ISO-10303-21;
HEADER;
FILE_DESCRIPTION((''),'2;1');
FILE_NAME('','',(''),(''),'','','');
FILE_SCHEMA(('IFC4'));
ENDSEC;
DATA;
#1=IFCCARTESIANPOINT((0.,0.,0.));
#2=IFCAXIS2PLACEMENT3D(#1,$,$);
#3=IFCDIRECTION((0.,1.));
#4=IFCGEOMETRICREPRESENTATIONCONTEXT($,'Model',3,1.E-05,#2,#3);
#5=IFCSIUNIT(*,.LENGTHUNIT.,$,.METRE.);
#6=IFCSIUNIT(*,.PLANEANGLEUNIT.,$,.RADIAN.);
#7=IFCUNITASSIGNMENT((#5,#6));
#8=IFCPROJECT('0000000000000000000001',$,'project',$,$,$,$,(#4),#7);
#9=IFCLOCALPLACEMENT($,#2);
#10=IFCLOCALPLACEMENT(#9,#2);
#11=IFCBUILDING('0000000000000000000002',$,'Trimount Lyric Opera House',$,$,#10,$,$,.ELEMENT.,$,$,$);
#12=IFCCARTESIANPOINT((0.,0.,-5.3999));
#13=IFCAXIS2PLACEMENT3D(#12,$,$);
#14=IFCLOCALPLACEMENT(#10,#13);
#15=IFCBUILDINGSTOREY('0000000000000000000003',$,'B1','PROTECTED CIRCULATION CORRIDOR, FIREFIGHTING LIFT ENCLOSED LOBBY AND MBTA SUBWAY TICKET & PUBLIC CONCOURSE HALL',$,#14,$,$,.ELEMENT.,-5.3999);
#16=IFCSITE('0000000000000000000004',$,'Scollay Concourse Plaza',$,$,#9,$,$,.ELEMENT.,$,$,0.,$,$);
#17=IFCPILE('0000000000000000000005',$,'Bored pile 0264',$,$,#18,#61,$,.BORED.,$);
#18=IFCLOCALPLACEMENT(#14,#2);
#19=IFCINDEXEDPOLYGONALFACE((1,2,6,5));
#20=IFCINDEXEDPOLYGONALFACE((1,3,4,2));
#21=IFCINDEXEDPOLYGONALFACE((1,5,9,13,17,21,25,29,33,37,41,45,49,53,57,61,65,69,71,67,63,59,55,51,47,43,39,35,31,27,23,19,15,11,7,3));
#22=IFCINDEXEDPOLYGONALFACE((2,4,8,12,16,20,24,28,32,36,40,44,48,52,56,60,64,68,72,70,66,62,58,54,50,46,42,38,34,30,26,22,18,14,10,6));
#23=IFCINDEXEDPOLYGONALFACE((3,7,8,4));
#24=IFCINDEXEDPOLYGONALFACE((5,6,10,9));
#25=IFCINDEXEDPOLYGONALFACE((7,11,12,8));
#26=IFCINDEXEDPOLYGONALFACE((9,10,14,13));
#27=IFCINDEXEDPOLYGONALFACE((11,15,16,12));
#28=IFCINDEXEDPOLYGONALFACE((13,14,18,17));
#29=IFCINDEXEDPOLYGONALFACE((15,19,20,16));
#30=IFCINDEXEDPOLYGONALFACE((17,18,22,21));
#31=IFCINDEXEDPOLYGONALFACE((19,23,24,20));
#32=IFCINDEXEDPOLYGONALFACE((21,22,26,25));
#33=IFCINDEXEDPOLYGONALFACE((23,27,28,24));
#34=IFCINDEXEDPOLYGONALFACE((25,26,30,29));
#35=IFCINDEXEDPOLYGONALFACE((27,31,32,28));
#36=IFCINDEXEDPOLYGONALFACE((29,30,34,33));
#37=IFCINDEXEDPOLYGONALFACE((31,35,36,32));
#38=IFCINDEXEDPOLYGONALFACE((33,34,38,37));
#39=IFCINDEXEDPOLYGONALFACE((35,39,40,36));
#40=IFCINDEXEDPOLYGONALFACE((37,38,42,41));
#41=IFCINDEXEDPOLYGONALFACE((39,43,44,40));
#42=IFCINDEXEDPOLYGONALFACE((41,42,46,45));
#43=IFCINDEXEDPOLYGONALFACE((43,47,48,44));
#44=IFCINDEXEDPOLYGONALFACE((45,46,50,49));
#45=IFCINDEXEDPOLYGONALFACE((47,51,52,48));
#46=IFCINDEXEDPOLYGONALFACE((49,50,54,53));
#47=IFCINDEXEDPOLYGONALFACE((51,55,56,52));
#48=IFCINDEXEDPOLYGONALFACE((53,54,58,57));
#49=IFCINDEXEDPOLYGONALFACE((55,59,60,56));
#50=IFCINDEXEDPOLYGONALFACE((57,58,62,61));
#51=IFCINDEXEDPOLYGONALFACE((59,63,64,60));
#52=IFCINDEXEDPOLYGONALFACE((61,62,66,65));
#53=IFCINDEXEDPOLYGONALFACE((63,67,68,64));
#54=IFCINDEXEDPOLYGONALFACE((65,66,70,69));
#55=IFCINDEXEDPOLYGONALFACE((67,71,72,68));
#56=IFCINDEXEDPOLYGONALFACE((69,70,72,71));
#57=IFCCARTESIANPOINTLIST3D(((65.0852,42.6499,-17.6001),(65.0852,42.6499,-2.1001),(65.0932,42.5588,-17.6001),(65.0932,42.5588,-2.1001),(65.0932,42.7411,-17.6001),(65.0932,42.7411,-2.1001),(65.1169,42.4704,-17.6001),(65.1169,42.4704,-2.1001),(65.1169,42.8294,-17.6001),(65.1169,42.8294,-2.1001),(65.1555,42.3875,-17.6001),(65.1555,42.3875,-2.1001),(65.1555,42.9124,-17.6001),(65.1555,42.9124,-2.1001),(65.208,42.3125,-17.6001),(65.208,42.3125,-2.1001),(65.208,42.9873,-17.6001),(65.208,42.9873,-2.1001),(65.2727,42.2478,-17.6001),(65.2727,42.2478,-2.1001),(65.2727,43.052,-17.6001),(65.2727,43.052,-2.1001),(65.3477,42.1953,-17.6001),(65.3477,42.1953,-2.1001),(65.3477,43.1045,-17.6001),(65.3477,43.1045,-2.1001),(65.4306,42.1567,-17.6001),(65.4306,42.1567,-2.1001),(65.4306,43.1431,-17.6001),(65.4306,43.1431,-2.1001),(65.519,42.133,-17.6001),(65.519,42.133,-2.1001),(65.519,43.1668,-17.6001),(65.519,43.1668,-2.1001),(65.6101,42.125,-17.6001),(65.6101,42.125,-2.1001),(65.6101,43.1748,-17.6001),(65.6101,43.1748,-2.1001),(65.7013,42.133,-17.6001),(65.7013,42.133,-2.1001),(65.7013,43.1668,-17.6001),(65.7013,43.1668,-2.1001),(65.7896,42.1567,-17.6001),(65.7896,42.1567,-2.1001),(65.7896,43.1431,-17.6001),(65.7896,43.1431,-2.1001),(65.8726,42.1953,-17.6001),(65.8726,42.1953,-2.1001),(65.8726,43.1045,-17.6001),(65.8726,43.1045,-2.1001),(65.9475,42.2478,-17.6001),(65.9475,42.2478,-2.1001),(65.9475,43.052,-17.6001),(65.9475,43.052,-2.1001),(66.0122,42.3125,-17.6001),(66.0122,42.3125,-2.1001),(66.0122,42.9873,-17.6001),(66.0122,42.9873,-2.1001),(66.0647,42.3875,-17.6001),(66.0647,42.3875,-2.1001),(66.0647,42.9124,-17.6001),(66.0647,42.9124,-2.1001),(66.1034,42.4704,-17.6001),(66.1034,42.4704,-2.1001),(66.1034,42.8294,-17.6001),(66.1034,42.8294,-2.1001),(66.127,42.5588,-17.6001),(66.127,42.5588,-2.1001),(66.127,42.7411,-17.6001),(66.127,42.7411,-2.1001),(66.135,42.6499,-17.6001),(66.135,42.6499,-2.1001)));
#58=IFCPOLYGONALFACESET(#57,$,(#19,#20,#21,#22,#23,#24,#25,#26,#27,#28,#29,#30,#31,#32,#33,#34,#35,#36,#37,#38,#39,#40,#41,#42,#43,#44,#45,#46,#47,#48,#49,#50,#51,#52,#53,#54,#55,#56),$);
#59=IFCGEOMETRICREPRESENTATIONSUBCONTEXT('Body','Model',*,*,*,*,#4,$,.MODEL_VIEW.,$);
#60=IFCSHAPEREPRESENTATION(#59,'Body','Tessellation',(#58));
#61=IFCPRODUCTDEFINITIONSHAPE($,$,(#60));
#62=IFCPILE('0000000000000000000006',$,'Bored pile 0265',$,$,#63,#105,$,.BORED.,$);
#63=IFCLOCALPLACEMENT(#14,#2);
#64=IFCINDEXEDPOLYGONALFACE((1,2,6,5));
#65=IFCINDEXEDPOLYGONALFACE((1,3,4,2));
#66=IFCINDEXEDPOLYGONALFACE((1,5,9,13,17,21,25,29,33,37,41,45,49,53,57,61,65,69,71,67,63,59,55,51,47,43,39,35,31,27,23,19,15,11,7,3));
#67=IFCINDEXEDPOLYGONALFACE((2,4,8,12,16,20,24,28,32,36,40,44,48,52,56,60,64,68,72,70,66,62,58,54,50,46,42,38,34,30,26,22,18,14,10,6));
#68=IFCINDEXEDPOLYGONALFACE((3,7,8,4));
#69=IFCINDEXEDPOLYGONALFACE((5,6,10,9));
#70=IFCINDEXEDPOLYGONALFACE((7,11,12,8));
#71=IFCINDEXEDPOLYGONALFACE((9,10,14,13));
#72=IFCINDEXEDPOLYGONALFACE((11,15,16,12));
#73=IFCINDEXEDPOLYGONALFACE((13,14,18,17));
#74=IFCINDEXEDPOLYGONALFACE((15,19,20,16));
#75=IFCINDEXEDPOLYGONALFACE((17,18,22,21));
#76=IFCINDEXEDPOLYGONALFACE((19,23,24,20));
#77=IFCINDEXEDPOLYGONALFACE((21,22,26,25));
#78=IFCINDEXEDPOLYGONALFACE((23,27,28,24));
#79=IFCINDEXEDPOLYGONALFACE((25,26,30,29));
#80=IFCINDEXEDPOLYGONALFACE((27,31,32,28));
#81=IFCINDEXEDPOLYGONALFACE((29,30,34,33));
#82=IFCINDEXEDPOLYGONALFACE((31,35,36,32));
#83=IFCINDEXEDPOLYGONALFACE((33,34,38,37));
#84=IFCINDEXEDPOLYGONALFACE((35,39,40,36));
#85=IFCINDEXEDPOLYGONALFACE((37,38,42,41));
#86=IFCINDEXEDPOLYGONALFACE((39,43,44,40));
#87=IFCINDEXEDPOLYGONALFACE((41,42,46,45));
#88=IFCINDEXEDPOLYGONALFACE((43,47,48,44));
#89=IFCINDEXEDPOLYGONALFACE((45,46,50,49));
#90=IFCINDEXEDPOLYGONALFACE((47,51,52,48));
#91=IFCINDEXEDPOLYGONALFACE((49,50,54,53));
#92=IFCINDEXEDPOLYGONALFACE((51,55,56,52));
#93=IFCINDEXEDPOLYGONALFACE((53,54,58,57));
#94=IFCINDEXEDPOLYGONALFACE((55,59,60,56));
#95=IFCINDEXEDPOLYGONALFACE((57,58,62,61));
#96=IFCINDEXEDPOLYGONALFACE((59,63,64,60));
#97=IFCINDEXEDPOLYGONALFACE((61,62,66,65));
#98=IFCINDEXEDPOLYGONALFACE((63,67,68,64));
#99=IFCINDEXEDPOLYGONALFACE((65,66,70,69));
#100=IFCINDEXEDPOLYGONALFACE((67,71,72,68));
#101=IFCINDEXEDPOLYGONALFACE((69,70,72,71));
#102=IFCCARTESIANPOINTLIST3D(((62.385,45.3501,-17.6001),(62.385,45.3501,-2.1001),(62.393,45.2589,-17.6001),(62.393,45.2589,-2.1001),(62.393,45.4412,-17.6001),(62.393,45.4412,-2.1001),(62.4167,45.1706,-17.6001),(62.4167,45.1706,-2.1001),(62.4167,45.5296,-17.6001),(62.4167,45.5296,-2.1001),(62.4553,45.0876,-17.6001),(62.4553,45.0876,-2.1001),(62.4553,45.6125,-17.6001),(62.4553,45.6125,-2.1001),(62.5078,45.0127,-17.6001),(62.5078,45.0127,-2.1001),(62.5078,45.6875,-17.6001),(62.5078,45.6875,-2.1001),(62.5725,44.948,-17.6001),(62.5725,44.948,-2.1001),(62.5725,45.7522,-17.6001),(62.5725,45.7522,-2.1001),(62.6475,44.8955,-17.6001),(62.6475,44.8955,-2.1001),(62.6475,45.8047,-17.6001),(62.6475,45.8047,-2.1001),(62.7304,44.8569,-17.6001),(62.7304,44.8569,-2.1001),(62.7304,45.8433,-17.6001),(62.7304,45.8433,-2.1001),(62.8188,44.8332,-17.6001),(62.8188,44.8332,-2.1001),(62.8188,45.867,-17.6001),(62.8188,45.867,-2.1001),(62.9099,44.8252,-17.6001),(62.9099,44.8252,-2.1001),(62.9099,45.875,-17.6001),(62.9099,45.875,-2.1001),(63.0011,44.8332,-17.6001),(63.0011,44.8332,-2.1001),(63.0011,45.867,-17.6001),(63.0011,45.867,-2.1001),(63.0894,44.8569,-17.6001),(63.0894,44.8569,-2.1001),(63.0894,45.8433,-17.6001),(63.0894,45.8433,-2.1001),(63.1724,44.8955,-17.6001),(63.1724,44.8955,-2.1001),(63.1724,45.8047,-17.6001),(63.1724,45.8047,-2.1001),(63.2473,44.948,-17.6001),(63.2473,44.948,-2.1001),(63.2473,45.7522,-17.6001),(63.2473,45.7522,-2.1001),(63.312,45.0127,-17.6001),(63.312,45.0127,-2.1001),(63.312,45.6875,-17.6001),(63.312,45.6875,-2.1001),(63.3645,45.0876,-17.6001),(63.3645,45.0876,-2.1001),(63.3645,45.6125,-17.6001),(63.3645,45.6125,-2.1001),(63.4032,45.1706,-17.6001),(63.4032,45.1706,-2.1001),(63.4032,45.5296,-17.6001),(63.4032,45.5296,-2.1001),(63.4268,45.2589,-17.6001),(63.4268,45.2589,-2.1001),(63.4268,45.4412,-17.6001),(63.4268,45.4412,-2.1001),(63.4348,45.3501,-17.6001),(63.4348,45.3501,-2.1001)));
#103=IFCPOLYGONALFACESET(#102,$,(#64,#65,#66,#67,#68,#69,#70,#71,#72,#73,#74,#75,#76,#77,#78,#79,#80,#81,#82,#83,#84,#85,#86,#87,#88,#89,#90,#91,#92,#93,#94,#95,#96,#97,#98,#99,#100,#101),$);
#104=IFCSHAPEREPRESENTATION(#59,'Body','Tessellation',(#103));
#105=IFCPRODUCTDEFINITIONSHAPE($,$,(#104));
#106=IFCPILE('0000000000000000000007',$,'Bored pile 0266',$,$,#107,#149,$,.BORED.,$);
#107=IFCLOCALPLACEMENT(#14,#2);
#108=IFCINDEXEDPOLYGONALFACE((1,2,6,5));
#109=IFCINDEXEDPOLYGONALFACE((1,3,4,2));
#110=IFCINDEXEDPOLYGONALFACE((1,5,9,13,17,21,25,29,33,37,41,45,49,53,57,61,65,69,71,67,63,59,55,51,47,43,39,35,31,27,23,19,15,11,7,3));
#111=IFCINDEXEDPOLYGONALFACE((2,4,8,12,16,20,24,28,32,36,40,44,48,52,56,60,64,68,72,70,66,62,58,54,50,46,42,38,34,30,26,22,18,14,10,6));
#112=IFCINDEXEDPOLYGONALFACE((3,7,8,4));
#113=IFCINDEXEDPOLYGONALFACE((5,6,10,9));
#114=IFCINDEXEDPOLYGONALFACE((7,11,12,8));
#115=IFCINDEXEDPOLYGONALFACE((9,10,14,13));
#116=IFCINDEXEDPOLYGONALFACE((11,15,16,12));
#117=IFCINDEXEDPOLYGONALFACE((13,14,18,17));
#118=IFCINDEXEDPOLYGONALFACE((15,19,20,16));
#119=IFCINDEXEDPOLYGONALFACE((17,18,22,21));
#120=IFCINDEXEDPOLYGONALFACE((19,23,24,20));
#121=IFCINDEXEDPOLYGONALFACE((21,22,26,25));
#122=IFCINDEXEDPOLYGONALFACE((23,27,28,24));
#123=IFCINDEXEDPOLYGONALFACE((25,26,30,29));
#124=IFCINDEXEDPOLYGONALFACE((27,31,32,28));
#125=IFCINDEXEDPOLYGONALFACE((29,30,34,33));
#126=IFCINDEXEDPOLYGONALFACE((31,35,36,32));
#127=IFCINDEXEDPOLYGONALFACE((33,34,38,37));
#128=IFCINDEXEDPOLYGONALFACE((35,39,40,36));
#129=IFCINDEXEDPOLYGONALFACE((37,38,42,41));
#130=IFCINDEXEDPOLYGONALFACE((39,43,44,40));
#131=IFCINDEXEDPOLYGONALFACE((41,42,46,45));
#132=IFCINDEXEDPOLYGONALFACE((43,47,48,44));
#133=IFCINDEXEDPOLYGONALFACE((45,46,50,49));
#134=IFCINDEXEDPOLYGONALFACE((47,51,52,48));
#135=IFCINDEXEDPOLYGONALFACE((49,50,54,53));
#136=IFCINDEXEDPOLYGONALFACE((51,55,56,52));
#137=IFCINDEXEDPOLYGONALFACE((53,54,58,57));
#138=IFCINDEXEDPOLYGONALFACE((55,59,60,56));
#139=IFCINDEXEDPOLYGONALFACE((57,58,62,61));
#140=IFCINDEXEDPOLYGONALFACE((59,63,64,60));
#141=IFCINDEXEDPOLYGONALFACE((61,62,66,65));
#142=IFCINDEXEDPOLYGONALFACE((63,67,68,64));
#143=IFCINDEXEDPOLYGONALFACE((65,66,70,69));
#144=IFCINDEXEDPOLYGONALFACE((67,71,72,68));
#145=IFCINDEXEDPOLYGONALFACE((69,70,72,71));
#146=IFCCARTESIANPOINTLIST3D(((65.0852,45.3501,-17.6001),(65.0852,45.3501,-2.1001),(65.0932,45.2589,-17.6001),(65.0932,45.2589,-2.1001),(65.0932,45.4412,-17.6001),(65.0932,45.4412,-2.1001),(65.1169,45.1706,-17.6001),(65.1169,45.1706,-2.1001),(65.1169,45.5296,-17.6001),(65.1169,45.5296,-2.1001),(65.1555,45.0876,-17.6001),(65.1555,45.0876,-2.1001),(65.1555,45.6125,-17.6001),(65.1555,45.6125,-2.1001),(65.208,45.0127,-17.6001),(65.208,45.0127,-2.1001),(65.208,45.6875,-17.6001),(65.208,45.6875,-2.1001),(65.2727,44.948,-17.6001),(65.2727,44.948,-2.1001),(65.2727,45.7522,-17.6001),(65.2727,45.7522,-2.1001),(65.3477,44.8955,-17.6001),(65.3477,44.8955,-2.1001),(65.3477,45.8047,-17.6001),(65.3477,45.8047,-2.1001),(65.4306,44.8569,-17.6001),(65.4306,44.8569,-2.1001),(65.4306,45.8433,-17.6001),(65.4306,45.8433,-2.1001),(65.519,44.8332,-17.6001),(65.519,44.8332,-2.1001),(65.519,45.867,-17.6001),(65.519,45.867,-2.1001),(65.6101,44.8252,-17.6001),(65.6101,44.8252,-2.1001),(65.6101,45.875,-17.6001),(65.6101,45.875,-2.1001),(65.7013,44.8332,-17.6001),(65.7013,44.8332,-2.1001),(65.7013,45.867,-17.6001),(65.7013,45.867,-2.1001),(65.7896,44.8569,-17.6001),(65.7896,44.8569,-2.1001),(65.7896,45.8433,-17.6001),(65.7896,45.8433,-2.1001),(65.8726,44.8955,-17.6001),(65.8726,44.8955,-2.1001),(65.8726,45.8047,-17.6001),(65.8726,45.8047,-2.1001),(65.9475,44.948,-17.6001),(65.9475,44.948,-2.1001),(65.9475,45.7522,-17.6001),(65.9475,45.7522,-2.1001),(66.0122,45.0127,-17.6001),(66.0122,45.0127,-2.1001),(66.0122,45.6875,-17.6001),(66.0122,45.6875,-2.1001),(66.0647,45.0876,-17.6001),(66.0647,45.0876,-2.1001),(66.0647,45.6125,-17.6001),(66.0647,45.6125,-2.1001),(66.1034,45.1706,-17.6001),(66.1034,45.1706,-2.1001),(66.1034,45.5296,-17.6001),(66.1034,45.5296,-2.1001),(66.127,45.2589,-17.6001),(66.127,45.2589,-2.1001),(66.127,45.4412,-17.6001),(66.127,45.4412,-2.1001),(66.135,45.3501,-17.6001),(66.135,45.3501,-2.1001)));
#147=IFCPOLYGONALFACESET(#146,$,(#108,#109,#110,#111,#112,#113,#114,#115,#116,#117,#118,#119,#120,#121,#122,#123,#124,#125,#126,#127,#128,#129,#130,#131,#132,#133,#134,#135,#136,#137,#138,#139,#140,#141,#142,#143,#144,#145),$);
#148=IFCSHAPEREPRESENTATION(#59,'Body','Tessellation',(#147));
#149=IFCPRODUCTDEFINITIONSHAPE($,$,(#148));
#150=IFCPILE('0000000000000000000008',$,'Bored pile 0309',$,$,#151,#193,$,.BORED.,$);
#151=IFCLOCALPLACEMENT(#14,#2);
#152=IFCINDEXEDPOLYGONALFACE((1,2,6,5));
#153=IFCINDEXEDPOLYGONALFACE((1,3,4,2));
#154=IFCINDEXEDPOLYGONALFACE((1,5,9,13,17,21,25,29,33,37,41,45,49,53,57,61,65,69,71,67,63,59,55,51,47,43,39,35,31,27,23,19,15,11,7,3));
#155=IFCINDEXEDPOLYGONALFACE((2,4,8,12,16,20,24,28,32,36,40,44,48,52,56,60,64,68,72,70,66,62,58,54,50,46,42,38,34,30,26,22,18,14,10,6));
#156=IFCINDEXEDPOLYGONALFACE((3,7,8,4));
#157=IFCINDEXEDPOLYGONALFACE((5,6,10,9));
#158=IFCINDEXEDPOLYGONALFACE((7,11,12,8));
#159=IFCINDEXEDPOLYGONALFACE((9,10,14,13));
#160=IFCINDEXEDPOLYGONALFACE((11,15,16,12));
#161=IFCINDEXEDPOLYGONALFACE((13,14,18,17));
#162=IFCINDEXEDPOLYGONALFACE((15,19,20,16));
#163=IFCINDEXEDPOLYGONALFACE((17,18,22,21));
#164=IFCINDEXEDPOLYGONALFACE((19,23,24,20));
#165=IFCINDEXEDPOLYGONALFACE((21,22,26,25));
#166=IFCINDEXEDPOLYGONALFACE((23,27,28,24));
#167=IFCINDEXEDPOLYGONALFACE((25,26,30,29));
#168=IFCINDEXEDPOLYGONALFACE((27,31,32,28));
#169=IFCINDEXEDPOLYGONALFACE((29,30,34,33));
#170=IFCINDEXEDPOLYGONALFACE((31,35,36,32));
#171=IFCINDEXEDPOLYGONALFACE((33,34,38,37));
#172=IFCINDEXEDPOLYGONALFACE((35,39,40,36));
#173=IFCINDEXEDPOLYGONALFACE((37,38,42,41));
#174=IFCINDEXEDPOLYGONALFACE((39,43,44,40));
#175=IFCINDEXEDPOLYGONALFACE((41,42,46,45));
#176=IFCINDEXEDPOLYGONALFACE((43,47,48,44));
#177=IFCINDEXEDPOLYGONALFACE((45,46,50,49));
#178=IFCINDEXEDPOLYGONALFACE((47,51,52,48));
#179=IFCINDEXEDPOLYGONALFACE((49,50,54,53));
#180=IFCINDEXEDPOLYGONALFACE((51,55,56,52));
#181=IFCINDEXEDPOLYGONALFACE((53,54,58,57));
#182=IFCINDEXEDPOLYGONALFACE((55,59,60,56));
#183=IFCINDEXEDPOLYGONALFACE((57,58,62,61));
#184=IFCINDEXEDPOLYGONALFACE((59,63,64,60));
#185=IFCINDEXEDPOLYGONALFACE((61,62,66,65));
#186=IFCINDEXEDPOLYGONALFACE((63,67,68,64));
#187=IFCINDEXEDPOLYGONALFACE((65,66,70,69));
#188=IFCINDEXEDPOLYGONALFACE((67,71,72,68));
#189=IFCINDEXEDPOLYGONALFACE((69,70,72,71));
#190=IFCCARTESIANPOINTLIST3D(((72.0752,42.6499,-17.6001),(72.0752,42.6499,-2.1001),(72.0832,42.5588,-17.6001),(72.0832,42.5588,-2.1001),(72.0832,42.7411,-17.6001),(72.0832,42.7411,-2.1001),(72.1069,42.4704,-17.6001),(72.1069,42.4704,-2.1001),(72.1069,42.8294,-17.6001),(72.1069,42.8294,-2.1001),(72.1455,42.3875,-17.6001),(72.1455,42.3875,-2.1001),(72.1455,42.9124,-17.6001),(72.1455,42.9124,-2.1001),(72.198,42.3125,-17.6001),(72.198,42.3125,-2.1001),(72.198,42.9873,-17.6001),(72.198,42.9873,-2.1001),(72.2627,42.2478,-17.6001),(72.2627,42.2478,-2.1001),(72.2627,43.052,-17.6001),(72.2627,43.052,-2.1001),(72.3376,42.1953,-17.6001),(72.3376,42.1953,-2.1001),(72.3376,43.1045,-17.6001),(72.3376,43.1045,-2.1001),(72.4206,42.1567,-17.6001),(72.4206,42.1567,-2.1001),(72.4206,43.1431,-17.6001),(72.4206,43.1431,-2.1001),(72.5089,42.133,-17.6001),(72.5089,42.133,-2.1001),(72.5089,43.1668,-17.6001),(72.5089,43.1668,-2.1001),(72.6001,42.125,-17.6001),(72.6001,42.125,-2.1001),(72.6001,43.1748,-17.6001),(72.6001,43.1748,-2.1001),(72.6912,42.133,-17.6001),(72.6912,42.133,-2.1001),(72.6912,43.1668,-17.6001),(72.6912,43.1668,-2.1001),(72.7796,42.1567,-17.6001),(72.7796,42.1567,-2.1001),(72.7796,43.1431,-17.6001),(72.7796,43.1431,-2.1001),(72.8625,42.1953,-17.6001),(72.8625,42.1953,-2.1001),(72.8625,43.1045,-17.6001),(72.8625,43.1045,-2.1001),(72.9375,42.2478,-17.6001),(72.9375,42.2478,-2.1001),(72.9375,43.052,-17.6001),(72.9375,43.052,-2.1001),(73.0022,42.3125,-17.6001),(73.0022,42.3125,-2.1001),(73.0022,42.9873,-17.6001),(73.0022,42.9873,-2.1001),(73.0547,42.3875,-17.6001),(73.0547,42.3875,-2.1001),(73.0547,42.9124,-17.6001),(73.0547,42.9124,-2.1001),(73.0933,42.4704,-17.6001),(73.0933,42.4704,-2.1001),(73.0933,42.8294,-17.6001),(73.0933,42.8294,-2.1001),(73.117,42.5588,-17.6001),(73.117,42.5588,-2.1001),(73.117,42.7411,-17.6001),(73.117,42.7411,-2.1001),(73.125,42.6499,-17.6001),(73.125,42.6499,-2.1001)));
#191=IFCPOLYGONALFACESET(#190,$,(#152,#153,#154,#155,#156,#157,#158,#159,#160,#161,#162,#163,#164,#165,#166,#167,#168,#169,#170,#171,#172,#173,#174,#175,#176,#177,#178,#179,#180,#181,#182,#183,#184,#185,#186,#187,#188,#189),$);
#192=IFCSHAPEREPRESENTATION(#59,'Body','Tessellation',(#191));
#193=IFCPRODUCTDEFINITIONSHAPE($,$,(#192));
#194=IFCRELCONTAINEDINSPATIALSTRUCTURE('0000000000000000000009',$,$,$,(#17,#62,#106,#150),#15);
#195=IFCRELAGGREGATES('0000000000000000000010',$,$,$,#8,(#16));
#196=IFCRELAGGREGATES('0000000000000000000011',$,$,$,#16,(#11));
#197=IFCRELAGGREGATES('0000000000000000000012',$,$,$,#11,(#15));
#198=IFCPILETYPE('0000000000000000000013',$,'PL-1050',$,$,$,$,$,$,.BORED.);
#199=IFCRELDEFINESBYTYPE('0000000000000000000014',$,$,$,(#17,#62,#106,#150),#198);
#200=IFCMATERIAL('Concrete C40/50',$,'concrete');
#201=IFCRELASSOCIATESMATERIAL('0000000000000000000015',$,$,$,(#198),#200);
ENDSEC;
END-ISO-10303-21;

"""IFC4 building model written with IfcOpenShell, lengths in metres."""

from ifc_helpers import new_model, si_unit, direction, frame, origin, origin_2d, place, context, subcontext, project, spatial, circle, extrude, material, material_profile, profile_set, type_object, element, save


model = new_model("IFC4")

# Units and contexts
model_context = context("Model", 3, precision=1e-05, world=origin(), true_north=direction((0.0, 1.0)))
body_context = subcontext(model_context, "Body", "Model", "MODEL_VIEW")
ifc_project = project(units=[si_unit("LENGTHUNIT", "METRE"), si_unit("PLANEANGLEUNIT", "RADIAN")], contexts=[model_context])

# Site, building, storey
site_placement = place(None, origin())
site = spatial("IfcSite", under=ifc_project, at=site_placement, Name="Scollay Concourse Plaza", CompositionType="ELEMENT", RefElevation=0.0)
building_placement = place(site_placement, origin())
building = spatial("IfcBuilding", under=site, at=building_placement, Name="Trimount Lyric Opera House", CompositionType="ELEMENT")
storey_placement = place(building_placement, frame((0.0, 0.0, -5.3999)))
storey = spatial("IfcBuildingStorey", under=building, at=storey_placement, Name="B1", Description="PROTECTED CIRCULATION CORRIDOR, FIREFIGHTING LIFT ENCLOSED LOBBY AND MBTA SUBWAY TICKET & PUBLIC CONCOURSE HALL", CompositionType="ELEMENT", Elevation=-5.3999)

# Piles
ifc_material_1 = material(Name="Concrete C40/50", Category="concrete")
ifc_material_profile_1 = material_profile(ifc_material_1, circle(Radius=0.5249, at=origin_2d()), Name="PILE-D1050")
ifc_profile_set_1 = profile_set([ifc_material_profile_1], Name="Concrete C40/50")
pile_type_1 = type_object("IfcPileType", Name="PL-1050", PredefinedType="BORED", material=ifc_profile_set_1)
for number, where, z_axis, x_axis, name in (
    (1, (65.6101, 42.6499, -2.1001), (0.0, 0.0, -1.0), (1.0, 0.0, 0.0), "Bored pile 0264"),
    (2, (62.9099, 45.3501, -2.1001), (0.0, 0.0, -1.0), (1.0, 0.0, 0.0), "Bored pile 0265"),
    (3, (65.6101, 45.3501, -2.1001), (0.0, 0.0, -1.0), (1.0, 0.0, 0.0), "Bored pile 0266"),
    (4, (72.6001, 42.6499, -2.1001), (0.0, 0.0, -1.0), (1.0, 0.0, 0.0), "Bored pile 0309"),
):
    element("IfcPile", number, at=place(storey_placement, frame(where, z_axis=z_axis, x_axis=x_axis)), inside=storey, type_object=pile_type_1, Name=name, PredefinedType="BORED", context=body_context, shape_type="SweptSolid", body=[
        extrude(circle(Radius=0.5249, at=origin_2d()), origin(), (0.0, 0.0, 1.0), 15.5),
    ])

save(model, "model.ifc")
